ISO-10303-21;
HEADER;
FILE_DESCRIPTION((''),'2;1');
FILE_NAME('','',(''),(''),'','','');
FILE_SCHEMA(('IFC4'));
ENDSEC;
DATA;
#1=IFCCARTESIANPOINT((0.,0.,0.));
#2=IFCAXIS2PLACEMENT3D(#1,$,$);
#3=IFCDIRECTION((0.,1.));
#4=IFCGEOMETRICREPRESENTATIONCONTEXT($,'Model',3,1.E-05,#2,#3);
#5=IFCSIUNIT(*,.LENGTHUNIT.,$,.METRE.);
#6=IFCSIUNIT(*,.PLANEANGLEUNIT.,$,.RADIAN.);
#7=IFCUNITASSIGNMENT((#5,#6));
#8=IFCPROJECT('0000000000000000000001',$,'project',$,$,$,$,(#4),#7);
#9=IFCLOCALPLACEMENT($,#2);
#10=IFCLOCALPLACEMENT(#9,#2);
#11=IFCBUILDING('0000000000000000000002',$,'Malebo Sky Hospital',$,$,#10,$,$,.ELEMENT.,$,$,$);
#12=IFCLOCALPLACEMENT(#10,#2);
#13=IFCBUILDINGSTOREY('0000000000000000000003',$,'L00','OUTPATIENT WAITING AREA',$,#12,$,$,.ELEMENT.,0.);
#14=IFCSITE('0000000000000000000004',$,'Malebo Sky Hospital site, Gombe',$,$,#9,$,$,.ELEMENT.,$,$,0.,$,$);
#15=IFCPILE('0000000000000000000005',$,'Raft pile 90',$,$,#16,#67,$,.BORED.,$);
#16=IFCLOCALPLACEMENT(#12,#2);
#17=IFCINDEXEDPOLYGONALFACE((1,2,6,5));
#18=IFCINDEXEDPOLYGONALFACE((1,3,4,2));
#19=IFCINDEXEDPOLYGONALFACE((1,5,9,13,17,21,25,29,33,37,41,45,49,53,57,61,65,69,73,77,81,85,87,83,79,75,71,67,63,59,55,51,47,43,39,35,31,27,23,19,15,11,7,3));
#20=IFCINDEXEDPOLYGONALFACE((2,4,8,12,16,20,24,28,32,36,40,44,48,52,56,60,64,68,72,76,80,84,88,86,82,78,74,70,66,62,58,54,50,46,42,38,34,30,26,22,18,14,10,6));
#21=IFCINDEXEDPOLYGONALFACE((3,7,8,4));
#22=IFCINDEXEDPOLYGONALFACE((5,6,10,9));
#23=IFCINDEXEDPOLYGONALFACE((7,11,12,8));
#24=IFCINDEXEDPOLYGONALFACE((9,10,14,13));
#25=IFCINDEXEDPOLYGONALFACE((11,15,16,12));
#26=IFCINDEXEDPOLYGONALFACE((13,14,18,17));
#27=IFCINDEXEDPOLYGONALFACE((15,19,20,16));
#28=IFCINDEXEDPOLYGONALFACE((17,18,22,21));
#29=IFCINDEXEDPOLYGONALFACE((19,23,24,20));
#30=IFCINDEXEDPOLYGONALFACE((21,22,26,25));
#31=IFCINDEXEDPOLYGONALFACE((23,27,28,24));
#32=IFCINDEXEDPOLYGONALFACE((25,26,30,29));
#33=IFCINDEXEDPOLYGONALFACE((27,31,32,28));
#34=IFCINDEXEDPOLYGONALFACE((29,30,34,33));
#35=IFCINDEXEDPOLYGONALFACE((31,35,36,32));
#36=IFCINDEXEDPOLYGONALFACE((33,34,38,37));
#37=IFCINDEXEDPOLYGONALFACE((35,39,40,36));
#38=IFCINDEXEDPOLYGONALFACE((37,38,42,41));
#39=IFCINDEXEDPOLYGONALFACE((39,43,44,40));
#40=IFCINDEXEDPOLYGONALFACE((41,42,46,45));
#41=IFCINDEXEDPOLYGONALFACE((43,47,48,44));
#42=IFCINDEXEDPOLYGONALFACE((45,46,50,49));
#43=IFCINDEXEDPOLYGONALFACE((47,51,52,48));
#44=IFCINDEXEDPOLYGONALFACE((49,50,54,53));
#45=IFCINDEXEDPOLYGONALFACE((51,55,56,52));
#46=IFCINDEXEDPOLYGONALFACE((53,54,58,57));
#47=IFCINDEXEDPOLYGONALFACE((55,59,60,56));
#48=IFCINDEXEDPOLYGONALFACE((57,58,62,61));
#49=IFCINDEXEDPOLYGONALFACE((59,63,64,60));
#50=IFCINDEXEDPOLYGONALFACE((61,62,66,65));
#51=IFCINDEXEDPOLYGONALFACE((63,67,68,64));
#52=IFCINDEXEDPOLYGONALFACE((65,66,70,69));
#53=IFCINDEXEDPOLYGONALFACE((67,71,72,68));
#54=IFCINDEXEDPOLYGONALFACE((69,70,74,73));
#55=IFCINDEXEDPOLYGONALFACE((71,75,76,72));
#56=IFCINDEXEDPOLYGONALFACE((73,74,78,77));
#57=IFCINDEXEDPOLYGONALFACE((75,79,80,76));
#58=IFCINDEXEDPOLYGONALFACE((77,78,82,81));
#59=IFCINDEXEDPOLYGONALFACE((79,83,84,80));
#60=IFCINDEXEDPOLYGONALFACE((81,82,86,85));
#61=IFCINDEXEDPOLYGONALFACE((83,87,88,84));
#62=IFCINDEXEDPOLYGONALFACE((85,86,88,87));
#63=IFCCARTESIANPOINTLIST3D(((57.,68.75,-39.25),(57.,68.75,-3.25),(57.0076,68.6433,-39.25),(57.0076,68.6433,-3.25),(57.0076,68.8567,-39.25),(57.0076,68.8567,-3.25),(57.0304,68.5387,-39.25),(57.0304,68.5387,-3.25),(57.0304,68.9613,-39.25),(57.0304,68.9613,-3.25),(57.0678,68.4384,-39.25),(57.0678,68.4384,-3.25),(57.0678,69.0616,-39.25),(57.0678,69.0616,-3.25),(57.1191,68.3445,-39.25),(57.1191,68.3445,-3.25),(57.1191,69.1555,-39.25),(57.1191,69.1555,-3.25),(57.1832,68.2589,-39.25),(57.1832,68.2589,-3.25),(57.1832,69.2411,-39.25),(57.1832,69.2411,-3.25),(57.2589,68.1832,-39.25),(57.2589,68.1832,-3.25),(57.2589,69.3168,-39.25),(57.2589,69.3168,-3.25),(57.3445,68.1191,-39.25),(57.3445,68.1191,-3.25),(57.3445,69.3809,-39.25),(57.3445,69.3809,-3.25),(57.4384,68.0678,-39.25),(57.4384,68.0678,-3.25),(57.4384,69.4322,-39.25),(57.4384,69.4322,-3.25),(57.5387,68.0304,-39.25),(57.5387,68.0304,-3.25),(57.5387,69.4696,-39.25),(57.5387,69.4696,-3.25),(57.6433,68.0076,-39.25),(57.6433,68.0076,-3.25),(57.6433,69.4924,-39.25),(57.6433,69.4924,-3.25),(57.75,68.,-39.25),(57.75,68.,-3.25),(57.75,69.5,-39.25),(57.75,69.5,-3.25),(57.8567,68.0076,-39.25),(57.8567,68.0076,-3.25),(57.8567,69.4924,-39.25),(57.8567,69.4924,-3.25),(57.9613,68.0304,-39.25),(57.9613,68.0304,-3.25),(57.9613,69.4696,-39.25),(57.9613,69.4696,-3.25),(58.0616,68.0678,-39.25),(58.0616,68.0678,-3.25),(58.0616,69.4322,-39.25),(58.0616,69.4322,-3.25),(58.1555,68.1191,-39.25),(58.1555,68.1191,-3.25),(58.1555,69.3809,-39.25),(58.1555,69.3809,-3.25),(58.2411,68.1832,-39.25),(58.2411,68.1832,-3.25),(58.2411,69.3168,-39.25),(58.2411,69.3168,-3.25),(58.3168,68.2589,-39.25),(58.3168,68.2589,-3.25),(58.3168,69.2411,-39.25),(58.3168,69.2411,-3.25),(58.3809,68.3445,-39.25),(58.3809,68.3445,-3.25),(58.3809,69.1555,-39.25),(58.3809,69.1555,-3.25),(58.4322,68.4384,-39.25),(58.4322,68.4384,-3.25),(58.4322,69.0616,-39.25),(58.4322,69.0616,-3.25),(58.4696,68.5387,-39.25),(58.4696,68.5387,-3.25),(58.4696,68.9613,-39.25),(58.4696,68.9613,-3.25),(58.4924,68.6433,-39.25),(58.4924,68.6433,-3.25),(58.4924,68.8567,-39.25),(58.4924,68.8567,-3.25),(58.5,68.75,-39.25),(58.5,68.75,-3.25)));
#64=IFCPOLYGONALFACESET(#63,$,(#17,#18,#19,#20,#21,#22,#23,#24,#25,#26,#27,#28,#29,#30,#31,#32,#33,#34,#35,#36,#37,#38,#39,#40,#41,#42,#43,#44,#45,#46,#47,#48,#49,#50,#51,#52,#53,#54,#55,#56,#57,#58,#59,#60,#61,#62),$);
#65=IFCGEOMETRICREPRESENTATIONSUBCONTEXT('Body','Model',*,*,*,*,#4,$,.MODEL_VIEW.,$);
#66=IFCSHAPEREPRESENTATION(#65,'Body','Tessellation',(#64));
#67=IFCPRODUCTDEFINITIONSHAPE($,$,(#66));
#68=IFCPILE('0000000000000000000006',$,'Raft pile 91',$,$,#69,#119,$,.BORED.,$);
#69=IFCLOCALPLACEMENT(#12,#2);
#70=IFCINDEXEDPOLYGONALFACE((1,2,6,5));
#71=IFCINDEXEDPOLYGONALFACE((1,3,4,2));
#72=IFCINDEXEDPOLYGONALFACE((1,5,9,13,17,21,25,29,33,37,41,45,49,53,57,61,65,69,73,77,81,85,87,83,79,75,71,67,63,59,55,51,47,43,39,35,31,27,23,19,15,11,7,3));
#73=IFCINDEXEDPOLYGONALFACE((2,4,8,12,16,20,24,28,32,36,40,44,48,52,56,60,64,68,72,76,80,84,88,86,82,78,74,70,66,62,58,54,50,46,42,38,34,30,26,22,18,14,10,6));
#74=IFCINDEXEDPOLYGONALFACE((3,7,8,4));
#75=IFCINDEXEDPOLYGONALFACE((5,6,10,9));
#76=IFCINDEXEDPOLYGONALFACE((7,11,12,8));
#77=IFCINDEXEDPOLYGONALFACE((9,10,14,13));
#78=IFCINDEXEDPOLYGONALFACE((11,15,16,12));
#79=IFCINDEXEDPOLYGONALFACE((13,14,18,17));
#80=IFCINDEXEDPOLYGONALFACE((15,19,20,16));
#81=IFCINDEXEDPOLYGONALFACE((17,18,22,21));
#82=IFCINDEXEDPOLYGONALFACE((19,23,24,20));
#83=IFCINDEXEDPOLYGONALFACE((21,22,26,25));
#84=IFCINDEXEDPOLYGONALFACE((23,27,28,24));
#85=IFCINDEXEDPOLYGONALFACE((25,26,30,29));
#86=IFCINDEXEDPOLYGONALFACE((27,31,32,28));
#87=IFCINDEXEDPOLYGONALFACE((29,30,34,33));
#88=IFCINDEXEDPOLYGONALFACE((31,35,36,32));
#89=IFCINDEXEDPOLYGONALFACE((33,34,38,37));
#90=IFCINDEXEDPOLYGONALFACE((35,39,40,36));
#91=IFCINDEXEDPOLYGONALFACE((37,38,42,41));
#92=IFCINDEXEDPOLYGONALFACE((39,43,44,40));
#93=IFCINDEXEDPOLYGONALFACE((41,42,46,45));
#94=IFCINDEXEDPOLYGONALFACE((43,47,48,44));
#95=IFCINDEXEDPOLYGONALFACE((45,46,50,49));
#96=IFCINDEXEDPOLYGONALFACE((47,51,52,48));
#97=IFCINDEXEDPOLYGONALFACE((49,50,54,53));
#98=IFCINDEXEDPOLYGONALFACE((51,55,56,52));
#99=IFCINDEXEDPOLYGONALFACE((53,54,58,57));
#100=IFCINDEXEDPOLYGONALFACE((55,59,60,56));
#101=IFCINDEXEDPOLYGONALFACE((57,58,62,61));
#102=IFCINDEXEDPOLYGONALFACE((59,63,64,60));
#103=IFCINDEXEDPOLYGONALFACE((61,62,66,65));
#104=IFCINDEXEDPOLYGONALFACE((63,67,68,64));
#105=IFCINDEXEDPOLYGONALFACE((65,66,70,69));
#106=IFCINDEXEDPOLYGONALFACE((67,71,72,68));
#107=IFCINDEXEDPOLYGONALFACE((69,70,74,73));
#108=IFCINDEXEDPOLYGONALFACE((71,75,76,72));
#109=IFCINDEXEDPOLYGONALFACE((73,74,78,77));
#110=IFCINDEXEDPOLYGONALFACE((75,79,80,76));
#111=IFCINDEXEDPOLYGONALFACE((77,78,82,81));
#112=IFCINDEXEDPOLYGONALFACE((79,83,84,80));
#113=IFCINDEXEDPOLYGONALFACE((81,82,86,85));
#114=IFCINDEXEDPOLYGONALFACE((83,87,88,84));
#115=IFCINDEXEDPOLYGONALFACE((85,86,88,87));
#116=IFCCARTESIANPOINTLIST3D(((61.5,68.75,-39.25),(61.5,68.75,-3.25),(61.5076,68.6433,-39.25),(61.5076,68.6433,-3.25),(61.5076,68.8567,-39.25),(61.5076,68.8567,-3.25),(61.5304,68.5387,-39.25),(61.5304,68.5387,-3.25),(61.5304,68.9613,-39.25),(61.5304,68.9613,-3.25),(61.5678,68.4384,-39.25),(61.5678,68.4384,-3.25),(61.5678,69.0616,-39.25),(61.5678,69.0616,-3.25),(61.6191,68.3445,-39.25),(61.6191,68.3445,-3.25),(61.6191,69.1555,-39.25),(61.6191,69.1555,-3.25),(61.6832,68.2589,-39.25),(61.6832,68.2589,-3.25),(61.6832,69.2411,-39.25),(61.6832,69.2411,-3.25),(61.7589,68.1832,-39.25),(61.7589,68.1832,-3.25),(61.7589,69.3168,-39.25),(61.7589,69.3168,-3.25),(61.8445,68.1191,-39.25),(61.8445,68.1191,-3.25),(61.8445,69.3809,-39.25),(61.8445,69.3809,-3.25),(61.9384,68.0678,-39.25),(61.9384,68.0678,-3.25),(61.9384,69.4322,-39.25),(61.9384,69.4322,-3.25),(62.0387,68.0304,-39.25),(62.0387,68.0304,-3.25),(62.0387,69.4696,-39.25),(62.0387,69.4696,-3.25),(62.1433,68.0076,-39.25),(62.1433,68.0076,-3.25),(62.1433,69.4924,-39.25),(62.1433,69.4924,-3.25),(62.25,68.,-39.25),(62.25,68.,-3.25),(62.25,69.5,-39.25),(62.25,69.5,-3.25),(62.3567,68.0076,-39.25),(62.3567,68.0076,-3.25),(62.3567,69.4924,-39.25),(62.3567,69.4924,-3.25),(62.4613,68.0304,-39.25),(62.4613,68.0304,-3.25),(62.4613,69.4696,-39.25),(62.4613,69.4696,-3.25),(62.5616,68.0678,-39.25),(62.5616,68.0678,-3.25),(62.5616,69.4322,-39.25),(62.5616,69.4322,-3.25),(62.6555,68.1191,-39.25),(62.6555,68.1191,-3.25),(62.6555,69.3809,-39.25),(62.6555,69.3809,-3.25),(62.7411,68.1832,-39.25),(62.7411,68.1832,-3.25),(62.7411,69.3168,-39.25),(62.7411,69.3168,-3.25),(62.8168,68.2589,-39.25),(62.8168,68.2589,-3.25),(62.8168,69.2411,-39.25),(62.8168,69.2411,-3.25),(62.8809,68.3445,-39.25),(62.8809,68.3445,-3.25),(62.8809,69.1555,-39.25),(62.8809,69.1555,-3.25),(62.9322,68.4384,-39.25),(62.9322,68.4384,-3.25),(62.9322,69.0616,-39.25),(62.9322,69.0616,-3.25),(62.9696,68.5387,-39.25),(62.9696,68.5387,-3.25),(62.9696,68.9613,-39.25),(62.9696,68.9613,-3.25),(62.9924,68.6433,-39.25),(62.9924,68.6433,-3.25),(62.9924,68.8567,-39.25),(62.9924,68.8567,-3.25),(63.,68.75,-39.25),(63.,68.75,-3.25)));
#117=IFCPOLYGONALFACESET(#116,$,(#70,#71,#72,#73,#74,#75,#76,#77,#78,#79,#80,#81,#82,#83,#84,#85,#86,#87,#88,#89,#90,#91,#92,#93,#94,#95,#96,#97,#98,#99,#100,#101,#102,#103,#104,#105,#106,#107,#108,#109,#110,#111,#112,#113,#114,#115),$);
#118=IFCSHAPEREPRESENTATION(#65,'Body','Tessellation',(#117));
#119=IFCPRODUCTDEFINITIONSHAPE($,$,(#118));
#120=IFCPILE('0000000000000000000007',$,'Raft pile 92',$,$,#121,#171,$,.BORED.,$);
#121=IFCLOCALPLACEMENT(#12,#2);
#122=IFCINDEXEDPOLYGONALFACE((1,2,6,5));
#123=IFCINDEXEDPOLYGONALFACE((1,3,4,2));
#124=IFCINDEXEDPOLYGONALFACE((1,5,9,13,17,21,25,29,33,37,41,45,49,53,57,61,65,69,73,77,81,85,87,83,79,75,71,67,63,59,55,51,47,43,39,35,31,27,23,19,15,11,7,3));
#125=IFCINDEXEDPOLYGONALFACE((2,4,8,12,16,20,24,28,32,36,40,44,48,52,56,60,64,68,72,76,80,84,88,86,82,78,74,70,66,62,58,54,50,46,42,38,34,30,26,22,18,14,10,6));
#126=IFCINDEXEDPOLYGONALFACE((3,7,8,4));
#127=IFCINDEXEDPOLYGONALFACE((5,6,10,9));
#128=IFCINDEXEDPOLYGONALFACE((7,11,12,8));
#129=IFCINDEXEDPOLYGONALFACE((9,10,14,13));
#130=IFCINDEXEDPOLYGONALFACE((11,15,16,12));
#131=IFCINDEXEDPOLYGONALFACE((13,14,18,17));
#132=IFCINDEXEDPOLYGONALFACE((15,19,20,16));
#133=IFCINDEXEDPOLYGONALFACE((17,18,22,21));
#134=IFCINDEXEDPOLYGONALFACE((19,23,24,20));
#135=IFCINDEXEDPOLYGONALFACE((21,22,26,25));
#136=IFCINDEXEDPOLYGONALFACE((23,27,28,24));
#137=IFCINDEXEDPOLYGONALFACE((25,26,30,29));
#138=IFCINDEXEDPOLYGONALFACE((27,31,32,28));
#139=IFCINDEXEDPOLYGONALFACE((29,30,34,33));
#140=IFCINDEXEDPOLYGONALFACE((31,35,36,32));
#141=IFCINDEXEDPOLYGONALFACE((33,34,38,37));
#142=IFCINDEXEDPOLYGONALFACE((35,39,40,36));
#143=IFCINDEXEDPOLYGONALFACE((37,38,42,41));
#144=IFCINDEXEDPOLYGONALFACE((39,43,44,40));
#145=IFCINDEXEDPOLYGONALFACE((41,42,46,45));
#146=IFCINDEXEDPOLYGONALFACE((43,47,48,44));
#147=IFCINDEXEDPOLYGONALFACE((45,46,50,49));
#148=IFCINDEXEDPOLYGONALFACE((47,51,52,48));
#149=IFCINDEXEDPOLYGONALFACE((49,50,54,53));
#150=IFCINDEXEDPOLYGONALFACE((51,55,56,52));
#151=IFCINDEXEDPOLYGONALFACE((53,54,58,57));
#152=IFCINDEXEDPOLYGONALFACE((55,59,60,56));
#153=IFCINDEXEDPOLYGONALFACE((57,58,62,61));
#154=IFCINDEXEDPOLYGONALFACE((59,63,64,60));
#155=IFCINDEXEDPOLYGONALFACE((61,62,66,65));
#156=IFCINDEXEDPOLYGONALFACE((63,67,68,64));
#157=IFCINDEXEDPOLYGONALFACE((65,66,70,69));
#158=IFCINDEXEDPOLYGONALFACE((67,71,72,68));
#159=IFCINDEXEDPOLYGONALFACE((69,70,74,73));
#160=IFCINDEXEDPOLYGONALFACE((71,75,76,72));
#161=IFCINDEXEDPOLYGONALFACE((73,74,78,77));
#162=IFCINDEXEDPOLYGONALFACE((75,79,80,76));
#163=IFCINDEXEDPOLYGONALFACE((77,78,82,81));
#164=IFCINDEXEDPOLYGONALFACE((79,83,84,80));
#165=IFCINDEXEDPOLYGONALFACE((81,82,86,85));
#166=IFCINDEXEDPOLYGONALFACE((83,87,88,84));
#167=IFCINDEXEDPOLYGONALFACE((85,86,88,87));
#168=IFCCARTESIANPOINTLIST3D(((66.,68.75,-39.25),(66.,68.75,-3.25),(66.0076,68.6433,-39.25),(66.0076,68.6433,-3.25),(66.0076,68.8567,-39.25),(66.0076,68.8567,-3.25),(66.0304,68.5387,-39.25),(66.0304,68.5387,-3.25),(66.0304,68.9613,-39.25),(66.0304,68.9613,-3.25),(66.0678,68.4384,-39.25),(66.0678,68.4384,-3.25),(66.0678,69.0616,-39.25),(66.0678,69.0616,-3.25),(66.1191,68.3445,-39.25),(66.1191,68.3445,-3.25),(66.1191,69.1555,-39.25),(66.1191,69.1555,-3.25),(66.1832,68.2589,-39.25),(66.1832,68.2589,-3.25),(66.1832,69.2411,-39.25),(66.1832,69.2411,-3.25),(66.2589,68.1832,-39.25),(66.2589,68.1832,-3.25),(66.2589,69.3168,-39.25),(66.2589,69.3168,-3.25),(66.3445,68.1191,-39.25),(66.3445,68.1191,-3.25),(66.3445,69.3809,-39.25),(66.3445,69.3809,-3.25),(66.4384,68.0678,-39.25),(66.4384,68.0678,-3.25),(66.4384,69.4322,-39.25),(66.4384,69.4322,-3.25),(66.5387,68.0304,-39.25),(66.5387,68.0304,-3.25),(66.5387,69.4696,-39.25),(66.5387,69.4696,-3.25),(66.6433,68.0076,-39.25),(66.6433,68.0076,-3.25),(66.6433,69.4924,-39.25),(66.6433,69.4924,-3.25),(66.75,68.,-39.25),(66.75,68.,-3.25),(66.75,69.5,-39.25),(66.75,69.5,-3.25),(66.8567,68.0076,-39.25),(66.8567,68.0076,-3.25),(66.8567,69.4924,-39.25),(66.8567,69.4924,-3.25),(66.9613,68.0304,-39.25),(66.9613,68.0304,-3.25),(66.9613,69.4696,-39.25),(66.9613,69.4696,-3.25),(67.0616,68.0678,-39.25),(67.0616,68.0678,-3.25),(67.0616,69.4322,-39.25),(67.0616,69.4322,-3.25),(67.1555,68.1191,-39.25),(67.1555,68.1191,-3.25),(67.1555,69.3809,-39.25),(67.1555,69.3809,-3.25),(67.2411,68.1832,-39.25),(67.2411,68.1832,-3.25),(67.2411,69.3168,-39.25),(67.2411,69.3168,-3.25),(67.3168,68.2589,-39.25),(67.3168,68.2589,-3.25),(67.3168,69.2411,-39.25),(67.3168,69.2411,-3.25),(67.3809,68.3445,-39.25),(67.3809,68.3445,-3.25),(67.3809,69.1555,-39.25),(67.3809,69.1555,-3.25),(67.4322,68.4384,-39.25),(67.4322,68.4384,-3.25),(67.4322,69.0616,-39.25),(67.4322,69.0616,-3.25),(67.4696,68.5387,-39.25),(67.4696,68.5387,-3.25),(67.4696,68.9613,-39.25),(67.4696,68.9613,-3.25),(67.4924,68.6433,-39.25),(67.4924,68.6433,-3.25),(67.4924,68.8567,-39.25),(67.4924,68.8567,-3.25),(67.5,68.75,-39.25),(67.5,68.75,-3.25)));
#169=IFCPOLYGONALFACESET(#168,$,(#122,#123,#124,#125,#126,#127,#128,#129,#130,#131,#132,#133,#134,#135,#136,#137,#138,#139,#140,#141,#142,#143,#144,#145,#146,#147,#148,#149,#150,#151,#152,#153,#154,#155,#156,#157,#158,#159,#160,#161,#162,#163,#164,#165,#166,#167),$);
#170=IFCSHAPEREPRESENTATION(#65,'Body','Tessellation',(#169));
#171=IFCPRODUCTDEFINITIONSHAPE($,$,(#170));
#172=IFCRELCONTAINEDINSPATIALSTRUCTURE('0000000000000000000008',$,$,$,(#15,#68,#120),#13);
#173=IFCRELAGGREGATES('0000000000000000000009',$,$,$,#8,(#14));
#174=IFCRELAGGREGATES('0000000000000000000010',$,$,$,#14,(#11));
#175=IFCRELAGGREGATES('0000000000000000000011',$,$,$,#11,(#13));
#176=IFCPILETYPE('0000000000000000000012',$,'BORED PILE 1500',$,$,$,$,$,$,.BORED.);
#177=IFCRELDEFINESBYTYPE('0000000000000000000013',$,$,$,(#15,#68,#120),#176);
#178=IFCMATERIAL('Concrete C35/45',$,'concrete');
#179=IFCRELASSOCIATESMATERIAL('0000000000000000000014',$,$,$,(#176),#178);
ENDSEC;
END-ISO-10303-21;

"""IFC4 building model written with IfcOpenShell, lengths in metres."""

from ifc_helpers import new_model, si_unit, direction, frame, origin, origin_2d, place, context, subcontext, project, spatial, circle, extrude, material, material_profile, profile_set, type_object, element, save


model = new_model("IFC4")

# Units and contexts
model_context = context("Model", 3, precision=1e-05, world=origin(), true_north=direction((0.0, 1.0)))
body_context = subcontext(model_context, "Body", "Model", "MODEL_VIEW")
ifc_project = project(units=[si_unit("LENGTHUNIT", "METRE"), si_unit("PLANEANGLEUNIT", "RADIAN")], contexts=[model_context])

# Site, building, storey
site_placement = place(None, origin())
site = spatial("IfcSite", under=ifc_project, at=site_placement, Name="Malebo Sky Hospital site, Gombe", CompositionType="ELEMENT", RefElevation=0.0)
building_placement = place(site_placement, origin())
building = spatial("IfcBuilding", under=site, at=building_placement, Name="Malebo Sky Hospital", CompositionType="ELEMENT")
storey_placement = place(building_placement, origin())
storey = spatial("IfcBuildingStorey", under=building, at=storey_placement, Name="L00", Description="OUTPATIENT WAITING AREA", CompositionType="ELEMENT", Elevation=0.0)

# Piles
ifc_material_1 = material(Name="Concrete C35/45", Category="concrete")
ifc_material_profile = material_profile(ifc_material_1, circle(Radius=0.75, at=origin_2d()), Name="BP 1500")
ifc_profile_set = profile_set([ifc_material_profile], Name="Concrete C35/45")
pile_type = type_object("IfcPileType", Name="BORED PILE 1500", PredefinedType="BORED", material=ifc_profile_set)
for number, where, z_axis, x_axis, name in (
    (1, (57.75, 68.75, -3.25), (0.0, 0.0, -1.0), (1.0, 0.0, 0.0), "Raft pile 90"),
    (2, (62.25, 68.75, -3.25), (0.0, 0.0, -1.0), (1.0, 0.0, 0.0), "Raft pile 91"),
    (3, (66.75, 68.75, -3.25), (0.0, 0.0, -1.0), (1.0, 0.0, 0.0), "Raft pile 92"),
):
    element("IfcPile", number, at=place(storey_placement, frame(where, z_axis=z_axis, x_axis=x_axis)), inside=storey, type_object=pile_type, Name=name, PredefinedType="BORED", context=body_context, shape_type="SweptSolid", body=[
        extrude(circle(Radius=0.75, at=origin_2d()), origin(), (0.0, 0.0, 1.0), 36.0),
    ])

save(model, "model.ifc")
